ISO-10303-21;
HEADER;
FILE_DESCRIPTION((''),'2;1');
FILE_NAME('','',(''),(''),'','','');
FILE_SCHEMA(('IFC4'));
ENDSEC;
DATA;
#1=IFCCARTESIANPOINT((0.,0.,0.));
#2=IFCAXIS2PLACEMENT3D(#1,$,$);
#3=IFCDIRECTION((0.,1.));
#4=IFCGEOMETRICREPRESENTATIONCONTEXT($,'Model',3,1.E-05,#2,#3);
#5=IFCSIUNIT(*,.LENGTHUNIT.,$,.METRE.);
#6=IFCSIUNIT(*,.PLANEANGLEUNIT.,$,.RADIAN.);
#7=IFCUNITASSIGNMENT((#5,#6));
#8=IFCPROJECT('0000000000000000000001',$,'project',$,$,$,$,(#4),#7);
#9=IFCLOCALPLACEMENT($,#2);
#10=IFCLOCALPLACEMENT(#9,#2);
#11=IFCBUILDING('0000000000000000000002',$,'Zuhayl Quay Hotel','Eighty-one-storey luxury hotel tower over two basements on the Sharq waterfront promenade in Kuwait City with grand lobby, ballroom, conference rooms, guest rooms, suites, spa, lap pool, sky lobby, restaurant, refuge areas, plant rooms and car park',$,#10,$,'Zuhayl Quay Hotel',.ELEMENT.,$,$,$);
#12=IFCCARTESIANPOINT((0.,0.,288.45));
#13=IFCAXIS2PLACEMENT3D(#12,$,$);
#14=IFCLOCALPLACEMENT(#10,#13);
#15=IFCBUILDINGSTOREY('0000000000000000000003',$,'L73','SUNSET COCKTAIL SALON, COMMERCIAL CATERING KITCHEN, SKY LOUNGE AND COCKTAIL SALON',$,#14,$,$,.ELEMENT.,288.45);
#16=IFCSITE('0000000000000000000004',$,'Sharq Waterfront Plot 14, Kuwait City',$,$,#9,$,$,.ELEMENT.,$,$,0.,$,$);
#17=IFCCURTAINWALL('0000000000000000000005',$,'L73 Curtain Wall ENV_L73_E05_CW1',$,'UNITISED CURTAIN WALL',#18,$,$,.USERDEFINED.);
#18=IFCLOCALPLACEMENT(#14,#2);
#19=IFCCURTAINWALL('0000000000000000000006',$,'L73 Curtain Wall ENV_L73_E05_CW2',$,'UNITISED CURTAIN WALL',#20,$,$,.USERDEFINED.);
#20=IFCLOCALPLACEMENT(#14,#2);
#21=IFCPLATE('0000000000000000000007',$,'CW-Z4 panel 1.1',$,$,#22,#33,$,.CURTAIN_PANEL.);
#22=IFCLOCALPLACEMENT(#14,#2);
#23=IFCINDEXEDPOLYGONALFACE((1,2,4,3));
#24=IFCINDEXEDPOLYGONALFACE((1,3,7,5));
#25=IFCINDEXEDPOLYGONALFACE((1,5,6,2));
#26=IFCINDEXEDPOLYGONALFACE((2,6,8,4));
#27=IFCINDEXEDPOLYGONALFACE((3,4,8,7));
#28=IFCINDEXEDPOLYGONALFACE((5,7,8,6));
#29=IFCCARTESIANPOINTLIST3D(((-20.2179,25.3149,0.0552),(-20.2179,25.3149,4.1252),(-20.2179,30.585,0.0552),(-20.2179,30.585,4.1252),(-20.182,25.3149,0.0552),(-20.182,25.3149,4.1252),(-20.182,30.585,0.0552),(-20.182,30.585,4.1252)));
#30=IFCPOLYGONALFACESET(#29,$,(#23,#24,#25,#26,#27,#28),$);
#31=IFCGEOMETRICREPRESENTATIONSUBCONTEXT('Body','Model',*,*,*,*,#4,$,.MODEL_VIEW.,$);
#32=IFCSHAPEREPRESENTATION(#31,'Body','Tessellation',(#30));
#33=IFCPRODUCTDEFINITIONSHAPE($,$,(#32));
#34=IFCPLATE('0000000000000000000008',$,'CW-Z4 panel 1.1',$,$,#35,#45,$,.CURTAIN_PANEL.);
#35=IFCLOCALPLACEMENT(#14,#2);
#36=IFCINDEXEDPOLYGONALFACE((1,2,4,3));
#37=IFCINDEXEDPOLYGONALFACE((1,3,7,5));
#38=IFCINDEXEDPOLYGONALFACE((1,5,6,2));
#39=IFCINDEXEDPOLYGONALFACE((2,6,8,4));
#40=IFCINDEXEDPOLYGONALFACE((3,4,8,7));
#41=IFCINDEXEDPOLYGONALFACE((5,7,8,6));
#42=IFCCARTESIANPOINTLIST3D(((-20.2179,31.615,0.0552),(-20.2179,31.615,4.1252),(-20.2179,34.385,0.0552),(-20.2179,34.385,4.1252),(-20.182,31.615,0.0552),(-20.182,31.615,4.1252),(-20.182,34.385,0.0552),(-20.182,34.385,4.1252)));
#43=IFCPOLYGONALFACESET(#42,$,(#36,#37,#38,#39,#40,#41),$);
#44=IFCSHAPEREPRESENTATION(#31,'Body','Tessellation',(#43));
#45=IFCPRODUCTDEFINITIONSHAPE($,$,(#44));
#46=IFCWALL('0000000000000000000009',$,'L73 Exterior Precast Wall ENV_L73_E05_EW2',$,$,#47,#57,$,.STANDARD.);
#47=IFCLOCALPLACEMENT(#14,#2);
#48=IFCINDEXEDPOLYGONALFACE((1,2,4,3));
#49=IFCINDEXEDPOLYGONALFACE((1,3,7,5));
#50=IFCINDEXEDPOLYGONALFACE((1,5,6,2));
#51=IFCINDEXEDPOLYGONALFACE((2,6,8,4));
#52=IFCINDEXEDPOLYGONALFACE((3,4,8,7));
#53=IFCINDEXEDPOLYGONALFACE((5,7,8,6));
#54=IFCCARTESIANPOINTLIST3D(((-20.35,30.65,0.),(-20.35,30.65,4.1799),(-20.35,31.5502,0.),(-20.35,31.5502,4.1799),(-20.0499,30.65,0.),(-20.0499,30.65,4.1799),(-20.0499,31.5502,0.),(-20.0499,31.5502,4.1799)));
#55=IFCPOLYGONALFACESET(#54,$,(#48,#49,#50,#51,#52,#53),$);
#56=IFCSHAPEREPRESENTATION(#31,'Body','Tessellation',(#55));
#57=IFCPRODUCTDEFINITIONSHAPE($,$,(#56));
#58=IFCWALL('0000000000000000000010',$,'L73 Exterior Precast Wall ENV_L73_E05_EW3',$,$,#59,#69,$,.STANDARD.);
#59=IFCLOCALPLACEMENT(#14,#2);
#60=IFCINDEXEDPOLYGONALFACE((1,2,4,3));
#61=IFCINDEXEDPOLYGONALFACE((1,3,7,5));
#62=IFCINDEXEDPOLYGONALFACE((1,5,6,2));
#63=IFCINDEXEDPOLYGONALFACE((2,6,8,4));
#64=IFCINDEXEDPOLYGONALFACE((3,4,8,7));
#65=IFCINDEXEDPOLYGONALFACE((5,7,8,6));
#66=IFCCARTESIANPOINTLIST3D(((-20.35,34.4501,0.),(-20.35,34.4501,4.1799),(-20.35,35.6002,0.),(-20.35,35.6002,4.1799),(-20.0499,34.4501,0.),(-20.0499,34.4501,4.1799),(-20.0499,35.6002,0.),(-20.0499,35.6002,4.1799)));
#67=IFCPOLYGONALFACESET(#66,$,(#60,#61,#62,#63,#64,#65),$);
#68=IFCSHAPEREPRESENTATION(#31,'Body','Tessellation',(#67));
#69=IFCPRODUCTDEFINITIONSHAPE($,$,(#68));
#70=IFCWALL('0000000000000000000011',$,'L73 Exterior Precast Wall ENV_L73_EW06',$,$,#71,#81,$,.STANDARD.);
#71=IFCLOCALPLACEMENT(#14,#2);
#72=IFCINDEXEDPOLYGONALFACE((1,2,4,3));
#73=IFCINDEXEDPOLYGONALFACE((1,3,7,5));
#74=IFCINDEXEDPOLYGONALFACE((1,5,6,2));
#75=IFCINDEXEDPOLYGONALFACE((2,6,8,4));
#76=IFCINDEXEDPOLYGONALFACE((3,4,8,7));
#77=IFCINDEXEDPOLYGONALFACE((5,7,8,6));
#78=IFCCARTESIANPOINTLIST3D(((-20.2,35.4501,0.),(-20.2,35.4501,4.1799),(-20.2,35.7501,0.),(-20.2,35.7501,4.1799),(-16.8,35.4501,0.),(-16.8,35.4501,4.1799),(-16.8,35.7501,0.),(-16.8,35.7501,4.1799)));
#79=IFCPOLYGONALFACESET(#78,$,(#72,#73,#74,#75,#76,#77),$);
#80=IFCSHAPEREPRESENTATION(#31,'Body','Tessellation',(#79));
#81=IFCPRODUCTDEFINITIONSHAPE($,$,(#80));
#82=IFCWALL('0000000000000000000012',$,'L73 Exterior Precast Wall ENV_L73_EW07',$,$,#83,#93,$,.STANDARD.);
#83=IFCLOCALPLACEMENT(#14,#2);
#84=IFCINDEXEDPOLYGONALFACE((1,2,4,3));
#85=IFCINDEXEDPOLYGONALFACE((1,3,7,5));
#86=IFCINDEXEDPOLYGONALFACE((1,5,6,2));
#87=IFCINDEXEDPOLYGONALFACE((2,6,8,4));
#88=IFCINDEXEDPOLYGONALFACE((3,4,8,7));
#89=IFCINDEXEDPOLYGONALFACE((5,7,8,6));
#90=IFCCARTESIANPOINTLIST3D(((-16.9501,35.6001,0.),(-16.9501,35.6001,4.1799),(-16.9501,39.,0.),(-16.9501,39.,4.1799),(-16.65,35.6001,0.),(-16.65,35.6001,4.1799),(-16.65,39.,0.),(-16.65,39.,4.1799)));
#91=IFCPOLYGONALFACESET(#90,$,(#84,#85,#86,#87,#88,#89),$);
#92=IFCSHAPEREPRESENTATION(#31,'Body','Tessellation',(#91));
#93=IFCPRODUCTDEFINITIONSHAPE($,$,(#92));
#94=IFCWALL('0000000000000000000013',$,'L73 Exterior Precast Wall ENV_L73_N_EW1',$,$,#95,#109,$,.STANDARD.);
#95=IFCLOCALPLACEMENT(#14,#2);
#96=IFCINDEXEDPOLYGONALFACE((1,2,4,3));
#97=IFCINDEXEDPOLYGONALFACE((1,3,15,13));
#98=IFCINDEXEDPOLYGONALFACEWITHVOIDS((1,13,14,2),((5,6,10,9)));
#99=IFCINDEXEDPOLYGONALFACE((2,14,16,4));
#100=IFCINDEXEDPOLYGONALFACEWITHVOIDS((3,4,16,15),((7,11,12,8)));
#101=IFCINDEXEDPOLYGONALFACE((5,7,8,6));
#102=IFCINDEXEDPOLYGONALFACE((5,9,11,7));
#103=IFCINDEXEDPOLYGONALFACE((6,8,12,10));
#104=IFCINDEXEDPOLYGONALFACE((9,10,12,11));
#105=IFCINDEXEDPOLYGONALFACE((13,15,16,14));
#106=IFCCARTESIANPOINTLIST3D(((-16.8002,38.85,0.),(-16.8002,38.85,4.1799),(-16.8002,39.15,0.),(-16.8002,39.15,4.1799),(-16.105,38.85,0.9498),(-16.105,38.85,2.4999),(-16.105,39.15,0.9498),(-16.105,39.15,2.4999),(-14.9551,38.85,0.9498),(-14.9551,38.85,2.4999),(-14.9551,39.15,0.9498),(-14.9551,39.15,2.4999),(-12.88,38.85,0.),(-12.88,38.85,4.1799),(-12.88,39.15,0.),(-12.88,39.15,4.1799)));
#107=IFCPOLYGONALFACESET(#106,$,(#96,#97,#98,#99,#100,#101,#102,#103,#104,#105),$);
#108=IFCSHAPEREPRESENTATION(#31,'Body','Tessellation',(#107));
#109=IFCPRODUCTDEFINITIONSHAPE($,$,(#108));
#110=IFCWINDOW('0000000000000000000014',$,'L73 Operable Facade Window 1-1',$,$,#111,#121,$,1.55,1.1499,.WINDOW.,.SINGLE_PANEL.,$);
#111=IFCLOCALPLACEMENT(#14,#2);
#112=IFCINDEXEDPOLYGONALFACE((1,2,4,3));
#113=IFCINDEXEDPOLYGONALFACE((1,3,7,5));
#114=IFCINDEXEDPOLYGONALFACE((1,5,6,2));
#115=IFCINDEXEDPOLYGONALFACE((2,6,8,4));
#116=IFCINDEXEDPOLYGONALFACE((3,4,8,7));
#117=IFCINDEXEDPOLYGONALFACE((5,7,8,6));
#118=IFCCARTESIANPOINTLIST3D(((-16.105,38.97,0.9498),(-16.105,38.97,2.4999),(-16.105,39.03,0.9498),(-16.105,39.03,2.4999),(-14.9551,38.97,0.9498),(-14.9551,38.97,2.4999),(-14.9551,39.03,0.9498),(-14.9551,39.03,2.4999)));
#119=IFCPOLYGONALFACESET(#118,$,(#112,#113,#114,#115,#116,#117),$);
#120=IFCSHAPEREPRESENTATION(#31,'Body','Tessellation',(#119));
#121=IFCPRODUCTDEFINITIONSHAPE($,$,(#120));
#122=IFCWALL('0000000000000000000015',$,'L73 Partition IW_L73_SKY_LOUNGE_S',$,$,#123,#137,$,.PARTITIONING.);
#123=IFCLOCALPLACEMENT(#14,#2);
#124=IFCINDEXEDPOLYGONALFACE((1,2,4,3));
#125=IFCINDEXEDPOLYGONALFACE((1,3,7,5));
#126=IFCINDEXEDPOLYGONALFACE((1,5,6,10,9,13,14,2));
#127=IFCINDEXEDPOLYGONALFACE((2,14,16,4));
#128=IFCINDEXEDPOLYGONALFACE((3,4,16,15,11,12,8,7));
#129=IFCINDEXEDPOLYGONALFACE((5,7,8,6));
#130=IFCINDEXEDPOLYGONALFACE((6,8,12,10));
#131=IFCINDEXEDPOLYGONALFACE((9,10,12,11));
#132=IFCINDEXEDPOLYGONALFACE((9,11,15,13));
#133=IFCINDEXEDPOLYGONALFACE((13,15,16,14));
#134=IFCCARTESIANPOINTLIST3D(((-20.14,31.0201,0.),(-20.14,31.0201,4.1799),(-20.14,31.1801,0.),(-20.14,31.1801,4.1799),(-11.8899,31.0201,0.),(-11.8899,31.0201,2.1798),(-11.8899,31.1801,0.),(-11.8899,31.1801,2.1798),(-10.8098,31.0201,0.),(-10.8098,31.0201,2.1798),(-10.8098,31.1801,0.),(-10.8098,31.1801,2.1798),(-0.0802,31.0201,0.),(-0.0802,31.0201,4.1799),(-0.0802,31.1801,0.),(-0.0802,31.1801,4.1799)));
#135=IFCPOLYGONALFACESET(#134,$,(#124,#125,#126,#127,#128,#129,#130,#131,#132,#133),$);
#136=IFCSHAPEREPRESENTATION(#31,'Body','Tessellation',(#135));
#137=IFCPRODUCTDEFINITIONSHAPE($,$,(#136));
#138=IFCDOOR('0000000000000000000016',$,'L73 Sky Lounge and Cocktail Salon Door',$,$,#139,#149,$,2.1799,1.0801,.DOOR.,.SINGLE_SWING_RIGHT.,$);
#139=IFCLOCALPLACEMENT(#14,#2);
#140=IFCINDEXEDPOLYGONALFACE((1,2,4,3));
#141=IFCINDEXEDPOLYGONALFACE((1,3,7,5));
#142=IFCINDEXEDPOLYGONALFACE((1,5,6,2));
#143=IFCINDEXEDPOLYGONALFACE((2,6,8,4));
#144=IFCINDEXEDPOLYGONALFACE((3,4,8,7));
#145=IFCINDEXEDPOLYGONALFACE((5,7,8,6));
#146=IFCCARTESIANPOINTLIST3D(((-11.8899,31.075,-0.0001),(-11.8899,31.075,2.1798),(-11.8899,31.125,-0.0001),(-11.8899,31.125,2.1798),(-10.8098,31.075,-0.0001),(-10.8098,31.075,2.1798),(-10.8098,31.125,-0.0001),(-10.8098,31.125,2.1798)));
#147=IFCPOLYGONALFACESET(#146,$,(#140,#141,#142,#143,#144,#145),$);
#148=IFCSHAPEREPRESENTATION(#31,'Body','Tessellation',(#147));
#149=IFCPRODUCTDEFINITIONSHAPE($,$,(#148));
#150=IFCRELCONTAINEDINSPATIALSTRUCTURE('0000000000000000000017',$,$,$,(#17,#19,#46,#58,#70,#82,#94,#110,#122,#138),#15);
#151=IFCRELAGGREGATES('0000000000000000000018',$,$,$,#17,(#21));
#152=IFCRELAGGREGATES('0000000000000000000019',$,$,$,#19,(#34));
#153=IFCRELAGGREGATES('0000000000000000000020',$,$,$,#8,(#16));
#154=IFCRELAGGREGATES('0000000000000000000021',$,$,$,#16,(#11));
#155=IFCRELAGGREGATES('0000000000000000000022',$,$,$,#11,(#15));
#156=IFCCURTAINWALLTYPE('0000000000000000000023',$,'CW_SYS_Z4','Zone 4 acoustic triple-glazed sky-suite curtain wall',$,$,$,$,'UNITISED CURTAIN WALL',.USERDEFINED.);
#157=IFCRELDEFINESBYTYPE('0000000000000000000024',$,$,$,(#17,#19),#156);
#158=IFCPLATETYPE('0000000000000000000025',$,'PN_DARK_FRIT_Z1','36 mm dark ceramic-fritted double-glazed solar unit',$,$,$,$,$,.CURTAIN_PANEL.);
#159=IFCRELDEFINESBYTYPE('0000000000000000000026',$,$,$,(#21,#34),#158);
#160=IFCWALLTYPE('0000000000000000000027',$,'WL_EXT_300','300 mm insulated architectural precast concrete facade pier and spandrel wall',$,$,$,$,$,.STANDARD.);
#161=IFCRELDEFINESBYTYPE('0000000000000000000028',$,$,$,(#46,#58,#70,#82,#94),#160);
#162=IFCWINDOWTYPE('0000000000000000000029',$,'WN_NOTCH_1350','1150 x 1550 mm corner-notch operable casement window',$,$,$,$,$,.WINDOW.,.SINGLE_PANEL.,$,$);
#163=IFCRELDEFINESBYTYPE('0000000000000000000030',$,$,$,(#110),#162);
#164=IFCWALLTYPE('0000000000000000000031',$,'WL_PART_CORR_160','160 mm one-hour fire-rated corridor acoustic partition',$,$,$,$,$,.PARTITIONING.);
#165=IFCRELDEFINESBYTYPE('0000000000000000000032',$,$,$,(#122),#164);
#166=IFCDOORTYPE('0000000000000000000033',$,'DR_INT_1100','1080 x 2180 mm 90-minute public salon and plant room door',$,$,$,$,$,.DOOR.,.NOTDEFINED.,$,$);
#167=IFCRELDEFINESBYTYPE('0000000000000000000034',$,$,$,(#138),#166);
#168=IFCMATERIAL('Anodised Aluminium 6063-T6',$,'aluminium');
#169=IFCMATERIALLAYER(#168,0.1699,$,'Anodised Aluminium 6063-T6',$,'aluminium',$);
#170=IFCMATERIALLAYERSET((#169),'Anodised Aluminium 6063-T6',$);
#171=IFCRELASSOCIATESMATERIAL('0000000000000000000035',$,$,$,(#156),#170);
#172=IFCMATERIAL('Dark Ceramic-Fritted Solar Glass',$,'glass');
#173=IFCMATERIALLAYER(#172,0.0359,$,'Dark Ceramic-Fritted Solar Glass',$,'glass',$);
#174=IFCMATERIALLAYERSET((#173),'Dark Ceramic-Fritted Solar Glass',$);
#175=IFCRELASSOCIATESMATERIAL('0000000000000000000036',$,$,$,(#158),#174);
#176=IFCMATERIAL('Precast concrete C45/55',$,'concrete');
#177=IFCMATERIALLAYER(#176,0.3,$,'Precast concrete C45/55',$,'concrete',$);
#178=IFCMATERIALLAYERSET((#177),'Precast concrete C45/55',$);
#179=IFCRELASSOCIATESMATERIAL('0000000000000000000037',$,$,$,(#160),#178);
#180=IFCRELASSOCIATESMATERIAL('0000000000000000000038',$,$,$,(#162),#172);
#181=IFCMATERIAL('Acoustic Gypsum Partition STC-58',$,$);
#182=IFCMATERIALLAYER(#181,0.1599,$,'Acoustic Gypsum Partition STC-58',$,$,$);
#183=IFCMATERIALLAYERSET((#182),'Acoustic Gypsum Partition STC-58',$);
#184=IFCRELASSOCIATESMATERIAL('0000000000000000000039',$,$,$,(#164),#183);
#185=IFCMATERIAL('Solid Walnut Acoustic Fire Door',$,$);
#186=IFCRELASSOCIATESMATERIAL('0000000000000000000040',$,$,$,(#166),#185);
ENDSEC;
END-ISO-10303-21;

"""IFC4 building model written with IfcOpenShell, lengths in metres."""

from ifc_helpers import new_model, si_unit, direction, frame, frame_2d, origin, origin_2d, place, context, subcontext, project, spatial, rectangle, extrude, material, layer, layer_set, type_object, element, fill, aggregate, save


model = new_model("IFC4")

# Units and contexts
model_context = context("Model", 3, precision=1e-05, world=origin(), true_north=direction((0.0, 1.0)))
body_context = subcontext(model_context, "Body", "Model", "MODEL_VIEW")
ifc_project = project(units=[si_unit("LENGTHUNIT", "METRE"), si_unit("PLANEANGLEUNIT", "RADIAN")], contexts=[model_context])

# Site, building, storey
site_placement = place(None, origin())
site = spatial("IfcSite", under=ifc_project, at=site_placement, Name="Sharq Waterfront Plot 14, Kuwait City", CompositionType="ELEMENT", RefElevation=0.0)
building_placement = place(site_placement, origin())
building = spatial("IfcBuilding", under=site, at=building_placement, Name="Zuhayl Quay Hotel", Description="Eighty-one-storey luxury hotel tower over two basements on the Sharq waterfront promenade in Kuwait City with grand lobby, ballroom, conference rooms, guest rooms, suites, spa, lap pool, sky lobby, restaurant, refuge areas, plant rooms and car park", LongName="Zuhayl Quay Hotel", CompositionType="ELEMENT")
storey_placement = place(building_placement, frame((0.0, 0.0, 288.45)))
storey = spatial("IfcBuildingStorey", under=building, at=storey_placement, Name="L73", Description="SUNSET COCKTAIL SALON, COMMERCIAL CATERING KITCHEN, SKY LOUNGE AND COCKTAIL SALON", CompositionType="ELEMENT", Elevation=288.45)

# Curtain wall
ifc_material_1 = material(Name="Anodised Aluminium 6063-T6", Category="aluminium")
ifc_layer_1 = layer(ifc_material_1, 0.1699, Name="Anodised Aluminium 6063-T6", Category="aluminium")
ifc_layer_set_1 = layer_set([ifc_layer_1], Name="Anodised Aluminium 6063-T6")
curtain_wall_type = type_object("IfcCurtainWallType", Name="CW_SYS_Z4", Description="Zone 4 acoustic triple-glazed sky-suite curtain wall", ElementType="UNITISED CURTAIN WALL", PredefinedType="USERDEFINED", material=ifc_layer_set_1)
curtain_wall_1_placement = place(storey_placement, origin())
curtain_wall_1 = element("IfcCurtainWall", 1, at=curtain_wall_1_placement, inside=storey, type_object=curtain_wall_type, Name="L73 Curtain Wall ENV_L73_E05_CW1", ObjectType="UNITISED CURTAIN WALL", PredefinedType="USERDEFINED")

# Curtain wall
curtain_wall_2_placement = place(storey_placement, origin())
curtain_wall_2 = element("IfcCurtainWall", 2, at=curtain_wall_2_placement, inside=storey, type_object=curtain_wall_type, Name="L73 Curtain Wall ENV_L73_E05_CW2", ObjectType="UNITISED CURTAIN WALL", PredefinedType="USERDEFINED")

# Plates
ifc_material_2 = material(Name="Dark Ceramic-Fritted Solar Glass", Category="glass")
ifc_layer_2 = layer(ifc_material_2, 0.0359, Name="Dark Ceramic-Fritted Solar Glass", Category="glass")
ifc_layer_set_2 = layer_set([ifc_layer_2], Name="Dark Ceramic-Fritted Solar Glass")
plate_type = type_object("IfcPlateType", Name="PN_DARK_FRIT_Z1", Description="36 mm dark ceramic-fritted double-glazed solar unit", PredefinedType="CURTAIN_PANEL", material=ifc_layer_set_2)
plate_1_placement = place(storey_placement, frame((-20.2, 27.95, 0.0552), z_axis=(0.0, 0.0, 1.0), x_axis=(0.0, 1.0, 0.0)))
plate_1 = element("IfcPlate", 3, at=plate_1_placement, type_object=plate_type, Name="CW-Z4 panel 1.1", PredefinedType="CURTAIN_PANEL", context=body_context, shape_type="SweptSolid", body=[
    extrude(rectangle(XDim=5.27, YDim=0.0359, at=origin_2d()), origin(), (0.0, 0.0, 1.0), 4.0701),
])
aggregate(curtain_wall_1, [plate_1])
plate_2_placement = place(storey_placement, frame((-20.2, 33.0, 0.0552), z_axis=(0.0, 0.0, 1.0), x_axis=(0.0, 1.0, 0.0)))
plate_2 = element("IfcPlate", 4, at=plate_2_placement, type_object=plate_type, Name="CW-Z4 panel 1.1", PredefinedType="CURTAIN_PANEL", context=body_context, shape_type="SweptSolid", body=[
    extrude(rectangle(XDim=2.77, YDim=0.0359, at=origin_2d()), origin(), (0.0, 0.0, 1.0), 4.0701),
])
aggregate(curtain_wall_2, [plate_2])

# Walls
ifc_material_3 = material(Name="Precast concrete C45/55", Category="concrete")
ifc_layer_3 = layer(ifc_material_3, 0.3, Name="Precast concrete C45/55", Category="concrete")
ifc_layer_set_3 = layer_set([ifc_layer_3], Name="Precast concrete C45/55")
wall_type_1 = type_object("IfcWallType", Name="WL_EXT_300", Description="300 mm insulated architectural precast concrete facade pier and spandrel wall", PredefinedType="STANDARD", material=ifc_layer_set_3)
wall_1_placement = place(storey_placement, frame((-20.2, 30.6499, 0.0), z_axis=(0.0, 0.0, 1.0), x_axis=(0.0, 1.0, 0.0)))
element("IfcWall", 5, at=wall_1_placement, inside=storey, type_object=wall_type_1, Name="L73 Exterior Precast Wall ENV_L73_E05_EW2", PredefinedType="STANDARD", context=body_context, shape_type="SweptSolid", body=[
    extrude(rectangle(XDim=0.9001, YDim=0.3, at=frame_2d((0.4502, 0.0))), origin(), (0.0, 0.0, 1.0), 4.1799),
])
wall_2_placement = place(storey_placement, frame((-20.2, 34.45, 0.0), z_axis=(0.0, 0.0, 1.0), x_axis=(0.0, 1.0, 0.0)))
element("IfcWall", 6, at=wall_2_placement, inside=storey, type_object=wall_type_1, Name="L73 Exterior Precast Wall ENV_L73_E05_EW3", PredefinedType="STANDARD", context=body_context, shape_type="SweptSolid", body=[
    extrude(rectangle(XDim=1.1501, YDim=0.3, at=frame_2d((0.5752, 0.0))), origin(), (0.0, 0.0, 1.0), 4.1799),
])
for number, where, z_axis, x_axis, name in (
    (7, (-20.2, 35.6001, 0.0), (0.0, 0.0, 1.0), (1.0, 0.0, 0.0), "L73 Exterior Precast Wall ENV_L73_EW06"),
    (8, (-16.8, 35.6001, 0.0), (0.0, 0.0, 1.0), (0.0, 1.0, 0.0), "L73 Exterior Precast Wall ENV_L73_EW07"),
):
    element("IfcWall", number, at=place(storey_placement, frame(where, z_axis=z_axis, x_axis=x_axis)), inside=storey, type_object=wall_type_1, Name=name, PredefinedType="STANDARD", context=body_context, shape_type="SweptSolid", body=[
        extrude(rectangle(XDim=3.3999, YDim=0.3, at=frame_2d((1.7, 0.0))), origin(), (0.0, 0.0, 1.0), 4.1799),
    ])

# Wall, opening, window
wall_3_placement = place(storey_placement, frame((-16.8, 39.0, 0.0), z_axis=(0.0, 0.0, 1.0), x_axis=(1.0, 0.0, 0.0)))
wall_3 = element("IfcWall", 9, at=wall_3_placement, inside=storey, type_object=wall_type_1, Name="L73 Exterior Precast Wall ENV_L73_N_EW1", PredefinedType="STANDARD", context=body_context, shape_type="SweptSolid", body=[
    extrude(rectangle(XDim=3.9202, YDim=0.3, at=frame_2d((1.96, 0.0))), origin(), (0.0, 0.0, 1.0), 4.1799),
])
opening_1_placement = place(wall_3_placement, frame((0.6951, 0.0, 0.95)))
opening_1 = element("IfcOpeningElement", 10, at=opening_1_placement, cuts=wall_3, PredefinedType="OPENING", context=body_context, shape_type="SweptSolid", body=[
    extrude(rectangle(XDim=1.1499, YDim=1.55, at=frame_2d((0.575, 0.7749))), frame((0.0, 0.1599, 0.0), z_axis=(0.0, -1.0, 0.0), x_axis=(1.0, 0.0, 0.0)), (0.0, 0.0, 1.0), 0.3201),
])
window_type = type_object("IfcWindowType", Name="WN_NOTCH_1350", Description="1150 x 1550 mm corner-notch operable casement window", PartitioningType="SINGLE_PANEL", PredefinedType="WINDOW", material=ifc_material_2)
window_placement = place(opening_1_placement, origin())
window = element("IfcWindow", 11, at=window_placement, inside=storey, type_object=window_type, Name="L73 Operable Facade Window 1-1", OverallHeight=1.55, OverallWidth=1.1499, PartitioningType="SINGLE_PANEL", PredefinedType="WINDOW", context=body_context, shape_type="SweptSolid", body=[
    extrude(rectangle(XDim=1.1499, YDim=1.55, at=frame_2d((0.575, 0.7749))), frame((0.0, 0.03, 0.0), z_axis=(0.0, -1.0, 0.0), x_axis=(1.0, 0.0, 0.0)), (0.0, 0.0, 1.0), 0.0601),
])
fill(opening_1, window)

# Wall, opening, door
ifc_material_4 = material(Name="Acoustic Gypsum Partition STC-58")
ifc_layer_4 = layer(ifc_material_4, 0.1599, Name="Acoustic Gypsum Partition STC-58")
ifc_layer_set_4 = layer_set([ifc_layer_4], Name="Acoustic Gypsum Partition STC-58")
wall_type_2 = type_object("IfcWallType", Name="WL_PART_CORR_160", Description="160 mm one-hour fire-rated corridor acoustic partition", PredefinedType="PARTITIONING", material=ifc_layer_set_4)
wall_4_placement = place(storey_placement, frame((-20.1399, 31.1001, 0.0), z_axis=(0.0, 0.0, 1.0), x_axis=(1.0, 0.0, 0.0)))
wall_4 = element("IfcWall", 12, at=wall_4_placement, inside=storey, type_object=wall_type_2, Name="L73 Partition IW_L73_SKY_LOUNGE_S", PredefinedType="PARTITIONING", context=body_context, shape_type="SweptSolid", body=[
    extrude(rectangle(XDim=20.0598, YDim=0.1599, at=frame_2d((10.0298, 0.0))), origin(), (0.0, 0.0, 1.0), 4.1799),
])
opening_2_placement = place(wall_4_placement, frame((8.25, 0.0, 0.0)))
opening_2 = element("IfcOpeningElement", 13, at=opening_2_placement, cuts=wall_4, PredefinedType="OPENING", context=body_context, shape_type="SweptSolid", body=[
    extrude(rectangle(XDim=1.0801, YDim=2.1799, at=frame_2d((0.54, 1.0898))), frame((0.0, 0.0898, 0.0), z_axis=(0.0, -1.0, 0.0), x_axis=(1.0, 0.0, 0.0)), (0.0, 0.0, 1.0), 0.1799),
])
ifc_material_5 = material(Name="Solid Walnut Acoustic Fire Door")
door_type = type_object("IfcDoorType", Name="DR_INT_1100", Description="1080 x 2180 mm 90-minute public salon and plant room door", OperationType="NOTDEFINED", PredefinedType="DOOR", material=ifc_material_5)
door_placement = place(opening_2_placement, origin())
door = element("IfcDoor", 14, at=door_placement, inside=storey, type_object=door_type, Name="L73 Sky Lounge and Cocktail Salon Door", OperationType="SINGLE_SWING_RIGHT", OverallHeight=2.1799, OverallWidth=1.0801, PredefinedType="DOOR", context=body_context, shape_type="SweptSolid", body=[
    extrude(rectangle(XDim=1.0801, YDim=2.1799, at=frame_2d((0.54, 1.0898))), frame((0.0, 0.0249, 0.0), z_axis=(0.0, -1.0, 0.0), x_axis=(1.0, 0.0, 0.0)), (0.0, 0.0, 1.0), 0.05),
])
fill(opening_2, door)

save(model, "model.ifc")
